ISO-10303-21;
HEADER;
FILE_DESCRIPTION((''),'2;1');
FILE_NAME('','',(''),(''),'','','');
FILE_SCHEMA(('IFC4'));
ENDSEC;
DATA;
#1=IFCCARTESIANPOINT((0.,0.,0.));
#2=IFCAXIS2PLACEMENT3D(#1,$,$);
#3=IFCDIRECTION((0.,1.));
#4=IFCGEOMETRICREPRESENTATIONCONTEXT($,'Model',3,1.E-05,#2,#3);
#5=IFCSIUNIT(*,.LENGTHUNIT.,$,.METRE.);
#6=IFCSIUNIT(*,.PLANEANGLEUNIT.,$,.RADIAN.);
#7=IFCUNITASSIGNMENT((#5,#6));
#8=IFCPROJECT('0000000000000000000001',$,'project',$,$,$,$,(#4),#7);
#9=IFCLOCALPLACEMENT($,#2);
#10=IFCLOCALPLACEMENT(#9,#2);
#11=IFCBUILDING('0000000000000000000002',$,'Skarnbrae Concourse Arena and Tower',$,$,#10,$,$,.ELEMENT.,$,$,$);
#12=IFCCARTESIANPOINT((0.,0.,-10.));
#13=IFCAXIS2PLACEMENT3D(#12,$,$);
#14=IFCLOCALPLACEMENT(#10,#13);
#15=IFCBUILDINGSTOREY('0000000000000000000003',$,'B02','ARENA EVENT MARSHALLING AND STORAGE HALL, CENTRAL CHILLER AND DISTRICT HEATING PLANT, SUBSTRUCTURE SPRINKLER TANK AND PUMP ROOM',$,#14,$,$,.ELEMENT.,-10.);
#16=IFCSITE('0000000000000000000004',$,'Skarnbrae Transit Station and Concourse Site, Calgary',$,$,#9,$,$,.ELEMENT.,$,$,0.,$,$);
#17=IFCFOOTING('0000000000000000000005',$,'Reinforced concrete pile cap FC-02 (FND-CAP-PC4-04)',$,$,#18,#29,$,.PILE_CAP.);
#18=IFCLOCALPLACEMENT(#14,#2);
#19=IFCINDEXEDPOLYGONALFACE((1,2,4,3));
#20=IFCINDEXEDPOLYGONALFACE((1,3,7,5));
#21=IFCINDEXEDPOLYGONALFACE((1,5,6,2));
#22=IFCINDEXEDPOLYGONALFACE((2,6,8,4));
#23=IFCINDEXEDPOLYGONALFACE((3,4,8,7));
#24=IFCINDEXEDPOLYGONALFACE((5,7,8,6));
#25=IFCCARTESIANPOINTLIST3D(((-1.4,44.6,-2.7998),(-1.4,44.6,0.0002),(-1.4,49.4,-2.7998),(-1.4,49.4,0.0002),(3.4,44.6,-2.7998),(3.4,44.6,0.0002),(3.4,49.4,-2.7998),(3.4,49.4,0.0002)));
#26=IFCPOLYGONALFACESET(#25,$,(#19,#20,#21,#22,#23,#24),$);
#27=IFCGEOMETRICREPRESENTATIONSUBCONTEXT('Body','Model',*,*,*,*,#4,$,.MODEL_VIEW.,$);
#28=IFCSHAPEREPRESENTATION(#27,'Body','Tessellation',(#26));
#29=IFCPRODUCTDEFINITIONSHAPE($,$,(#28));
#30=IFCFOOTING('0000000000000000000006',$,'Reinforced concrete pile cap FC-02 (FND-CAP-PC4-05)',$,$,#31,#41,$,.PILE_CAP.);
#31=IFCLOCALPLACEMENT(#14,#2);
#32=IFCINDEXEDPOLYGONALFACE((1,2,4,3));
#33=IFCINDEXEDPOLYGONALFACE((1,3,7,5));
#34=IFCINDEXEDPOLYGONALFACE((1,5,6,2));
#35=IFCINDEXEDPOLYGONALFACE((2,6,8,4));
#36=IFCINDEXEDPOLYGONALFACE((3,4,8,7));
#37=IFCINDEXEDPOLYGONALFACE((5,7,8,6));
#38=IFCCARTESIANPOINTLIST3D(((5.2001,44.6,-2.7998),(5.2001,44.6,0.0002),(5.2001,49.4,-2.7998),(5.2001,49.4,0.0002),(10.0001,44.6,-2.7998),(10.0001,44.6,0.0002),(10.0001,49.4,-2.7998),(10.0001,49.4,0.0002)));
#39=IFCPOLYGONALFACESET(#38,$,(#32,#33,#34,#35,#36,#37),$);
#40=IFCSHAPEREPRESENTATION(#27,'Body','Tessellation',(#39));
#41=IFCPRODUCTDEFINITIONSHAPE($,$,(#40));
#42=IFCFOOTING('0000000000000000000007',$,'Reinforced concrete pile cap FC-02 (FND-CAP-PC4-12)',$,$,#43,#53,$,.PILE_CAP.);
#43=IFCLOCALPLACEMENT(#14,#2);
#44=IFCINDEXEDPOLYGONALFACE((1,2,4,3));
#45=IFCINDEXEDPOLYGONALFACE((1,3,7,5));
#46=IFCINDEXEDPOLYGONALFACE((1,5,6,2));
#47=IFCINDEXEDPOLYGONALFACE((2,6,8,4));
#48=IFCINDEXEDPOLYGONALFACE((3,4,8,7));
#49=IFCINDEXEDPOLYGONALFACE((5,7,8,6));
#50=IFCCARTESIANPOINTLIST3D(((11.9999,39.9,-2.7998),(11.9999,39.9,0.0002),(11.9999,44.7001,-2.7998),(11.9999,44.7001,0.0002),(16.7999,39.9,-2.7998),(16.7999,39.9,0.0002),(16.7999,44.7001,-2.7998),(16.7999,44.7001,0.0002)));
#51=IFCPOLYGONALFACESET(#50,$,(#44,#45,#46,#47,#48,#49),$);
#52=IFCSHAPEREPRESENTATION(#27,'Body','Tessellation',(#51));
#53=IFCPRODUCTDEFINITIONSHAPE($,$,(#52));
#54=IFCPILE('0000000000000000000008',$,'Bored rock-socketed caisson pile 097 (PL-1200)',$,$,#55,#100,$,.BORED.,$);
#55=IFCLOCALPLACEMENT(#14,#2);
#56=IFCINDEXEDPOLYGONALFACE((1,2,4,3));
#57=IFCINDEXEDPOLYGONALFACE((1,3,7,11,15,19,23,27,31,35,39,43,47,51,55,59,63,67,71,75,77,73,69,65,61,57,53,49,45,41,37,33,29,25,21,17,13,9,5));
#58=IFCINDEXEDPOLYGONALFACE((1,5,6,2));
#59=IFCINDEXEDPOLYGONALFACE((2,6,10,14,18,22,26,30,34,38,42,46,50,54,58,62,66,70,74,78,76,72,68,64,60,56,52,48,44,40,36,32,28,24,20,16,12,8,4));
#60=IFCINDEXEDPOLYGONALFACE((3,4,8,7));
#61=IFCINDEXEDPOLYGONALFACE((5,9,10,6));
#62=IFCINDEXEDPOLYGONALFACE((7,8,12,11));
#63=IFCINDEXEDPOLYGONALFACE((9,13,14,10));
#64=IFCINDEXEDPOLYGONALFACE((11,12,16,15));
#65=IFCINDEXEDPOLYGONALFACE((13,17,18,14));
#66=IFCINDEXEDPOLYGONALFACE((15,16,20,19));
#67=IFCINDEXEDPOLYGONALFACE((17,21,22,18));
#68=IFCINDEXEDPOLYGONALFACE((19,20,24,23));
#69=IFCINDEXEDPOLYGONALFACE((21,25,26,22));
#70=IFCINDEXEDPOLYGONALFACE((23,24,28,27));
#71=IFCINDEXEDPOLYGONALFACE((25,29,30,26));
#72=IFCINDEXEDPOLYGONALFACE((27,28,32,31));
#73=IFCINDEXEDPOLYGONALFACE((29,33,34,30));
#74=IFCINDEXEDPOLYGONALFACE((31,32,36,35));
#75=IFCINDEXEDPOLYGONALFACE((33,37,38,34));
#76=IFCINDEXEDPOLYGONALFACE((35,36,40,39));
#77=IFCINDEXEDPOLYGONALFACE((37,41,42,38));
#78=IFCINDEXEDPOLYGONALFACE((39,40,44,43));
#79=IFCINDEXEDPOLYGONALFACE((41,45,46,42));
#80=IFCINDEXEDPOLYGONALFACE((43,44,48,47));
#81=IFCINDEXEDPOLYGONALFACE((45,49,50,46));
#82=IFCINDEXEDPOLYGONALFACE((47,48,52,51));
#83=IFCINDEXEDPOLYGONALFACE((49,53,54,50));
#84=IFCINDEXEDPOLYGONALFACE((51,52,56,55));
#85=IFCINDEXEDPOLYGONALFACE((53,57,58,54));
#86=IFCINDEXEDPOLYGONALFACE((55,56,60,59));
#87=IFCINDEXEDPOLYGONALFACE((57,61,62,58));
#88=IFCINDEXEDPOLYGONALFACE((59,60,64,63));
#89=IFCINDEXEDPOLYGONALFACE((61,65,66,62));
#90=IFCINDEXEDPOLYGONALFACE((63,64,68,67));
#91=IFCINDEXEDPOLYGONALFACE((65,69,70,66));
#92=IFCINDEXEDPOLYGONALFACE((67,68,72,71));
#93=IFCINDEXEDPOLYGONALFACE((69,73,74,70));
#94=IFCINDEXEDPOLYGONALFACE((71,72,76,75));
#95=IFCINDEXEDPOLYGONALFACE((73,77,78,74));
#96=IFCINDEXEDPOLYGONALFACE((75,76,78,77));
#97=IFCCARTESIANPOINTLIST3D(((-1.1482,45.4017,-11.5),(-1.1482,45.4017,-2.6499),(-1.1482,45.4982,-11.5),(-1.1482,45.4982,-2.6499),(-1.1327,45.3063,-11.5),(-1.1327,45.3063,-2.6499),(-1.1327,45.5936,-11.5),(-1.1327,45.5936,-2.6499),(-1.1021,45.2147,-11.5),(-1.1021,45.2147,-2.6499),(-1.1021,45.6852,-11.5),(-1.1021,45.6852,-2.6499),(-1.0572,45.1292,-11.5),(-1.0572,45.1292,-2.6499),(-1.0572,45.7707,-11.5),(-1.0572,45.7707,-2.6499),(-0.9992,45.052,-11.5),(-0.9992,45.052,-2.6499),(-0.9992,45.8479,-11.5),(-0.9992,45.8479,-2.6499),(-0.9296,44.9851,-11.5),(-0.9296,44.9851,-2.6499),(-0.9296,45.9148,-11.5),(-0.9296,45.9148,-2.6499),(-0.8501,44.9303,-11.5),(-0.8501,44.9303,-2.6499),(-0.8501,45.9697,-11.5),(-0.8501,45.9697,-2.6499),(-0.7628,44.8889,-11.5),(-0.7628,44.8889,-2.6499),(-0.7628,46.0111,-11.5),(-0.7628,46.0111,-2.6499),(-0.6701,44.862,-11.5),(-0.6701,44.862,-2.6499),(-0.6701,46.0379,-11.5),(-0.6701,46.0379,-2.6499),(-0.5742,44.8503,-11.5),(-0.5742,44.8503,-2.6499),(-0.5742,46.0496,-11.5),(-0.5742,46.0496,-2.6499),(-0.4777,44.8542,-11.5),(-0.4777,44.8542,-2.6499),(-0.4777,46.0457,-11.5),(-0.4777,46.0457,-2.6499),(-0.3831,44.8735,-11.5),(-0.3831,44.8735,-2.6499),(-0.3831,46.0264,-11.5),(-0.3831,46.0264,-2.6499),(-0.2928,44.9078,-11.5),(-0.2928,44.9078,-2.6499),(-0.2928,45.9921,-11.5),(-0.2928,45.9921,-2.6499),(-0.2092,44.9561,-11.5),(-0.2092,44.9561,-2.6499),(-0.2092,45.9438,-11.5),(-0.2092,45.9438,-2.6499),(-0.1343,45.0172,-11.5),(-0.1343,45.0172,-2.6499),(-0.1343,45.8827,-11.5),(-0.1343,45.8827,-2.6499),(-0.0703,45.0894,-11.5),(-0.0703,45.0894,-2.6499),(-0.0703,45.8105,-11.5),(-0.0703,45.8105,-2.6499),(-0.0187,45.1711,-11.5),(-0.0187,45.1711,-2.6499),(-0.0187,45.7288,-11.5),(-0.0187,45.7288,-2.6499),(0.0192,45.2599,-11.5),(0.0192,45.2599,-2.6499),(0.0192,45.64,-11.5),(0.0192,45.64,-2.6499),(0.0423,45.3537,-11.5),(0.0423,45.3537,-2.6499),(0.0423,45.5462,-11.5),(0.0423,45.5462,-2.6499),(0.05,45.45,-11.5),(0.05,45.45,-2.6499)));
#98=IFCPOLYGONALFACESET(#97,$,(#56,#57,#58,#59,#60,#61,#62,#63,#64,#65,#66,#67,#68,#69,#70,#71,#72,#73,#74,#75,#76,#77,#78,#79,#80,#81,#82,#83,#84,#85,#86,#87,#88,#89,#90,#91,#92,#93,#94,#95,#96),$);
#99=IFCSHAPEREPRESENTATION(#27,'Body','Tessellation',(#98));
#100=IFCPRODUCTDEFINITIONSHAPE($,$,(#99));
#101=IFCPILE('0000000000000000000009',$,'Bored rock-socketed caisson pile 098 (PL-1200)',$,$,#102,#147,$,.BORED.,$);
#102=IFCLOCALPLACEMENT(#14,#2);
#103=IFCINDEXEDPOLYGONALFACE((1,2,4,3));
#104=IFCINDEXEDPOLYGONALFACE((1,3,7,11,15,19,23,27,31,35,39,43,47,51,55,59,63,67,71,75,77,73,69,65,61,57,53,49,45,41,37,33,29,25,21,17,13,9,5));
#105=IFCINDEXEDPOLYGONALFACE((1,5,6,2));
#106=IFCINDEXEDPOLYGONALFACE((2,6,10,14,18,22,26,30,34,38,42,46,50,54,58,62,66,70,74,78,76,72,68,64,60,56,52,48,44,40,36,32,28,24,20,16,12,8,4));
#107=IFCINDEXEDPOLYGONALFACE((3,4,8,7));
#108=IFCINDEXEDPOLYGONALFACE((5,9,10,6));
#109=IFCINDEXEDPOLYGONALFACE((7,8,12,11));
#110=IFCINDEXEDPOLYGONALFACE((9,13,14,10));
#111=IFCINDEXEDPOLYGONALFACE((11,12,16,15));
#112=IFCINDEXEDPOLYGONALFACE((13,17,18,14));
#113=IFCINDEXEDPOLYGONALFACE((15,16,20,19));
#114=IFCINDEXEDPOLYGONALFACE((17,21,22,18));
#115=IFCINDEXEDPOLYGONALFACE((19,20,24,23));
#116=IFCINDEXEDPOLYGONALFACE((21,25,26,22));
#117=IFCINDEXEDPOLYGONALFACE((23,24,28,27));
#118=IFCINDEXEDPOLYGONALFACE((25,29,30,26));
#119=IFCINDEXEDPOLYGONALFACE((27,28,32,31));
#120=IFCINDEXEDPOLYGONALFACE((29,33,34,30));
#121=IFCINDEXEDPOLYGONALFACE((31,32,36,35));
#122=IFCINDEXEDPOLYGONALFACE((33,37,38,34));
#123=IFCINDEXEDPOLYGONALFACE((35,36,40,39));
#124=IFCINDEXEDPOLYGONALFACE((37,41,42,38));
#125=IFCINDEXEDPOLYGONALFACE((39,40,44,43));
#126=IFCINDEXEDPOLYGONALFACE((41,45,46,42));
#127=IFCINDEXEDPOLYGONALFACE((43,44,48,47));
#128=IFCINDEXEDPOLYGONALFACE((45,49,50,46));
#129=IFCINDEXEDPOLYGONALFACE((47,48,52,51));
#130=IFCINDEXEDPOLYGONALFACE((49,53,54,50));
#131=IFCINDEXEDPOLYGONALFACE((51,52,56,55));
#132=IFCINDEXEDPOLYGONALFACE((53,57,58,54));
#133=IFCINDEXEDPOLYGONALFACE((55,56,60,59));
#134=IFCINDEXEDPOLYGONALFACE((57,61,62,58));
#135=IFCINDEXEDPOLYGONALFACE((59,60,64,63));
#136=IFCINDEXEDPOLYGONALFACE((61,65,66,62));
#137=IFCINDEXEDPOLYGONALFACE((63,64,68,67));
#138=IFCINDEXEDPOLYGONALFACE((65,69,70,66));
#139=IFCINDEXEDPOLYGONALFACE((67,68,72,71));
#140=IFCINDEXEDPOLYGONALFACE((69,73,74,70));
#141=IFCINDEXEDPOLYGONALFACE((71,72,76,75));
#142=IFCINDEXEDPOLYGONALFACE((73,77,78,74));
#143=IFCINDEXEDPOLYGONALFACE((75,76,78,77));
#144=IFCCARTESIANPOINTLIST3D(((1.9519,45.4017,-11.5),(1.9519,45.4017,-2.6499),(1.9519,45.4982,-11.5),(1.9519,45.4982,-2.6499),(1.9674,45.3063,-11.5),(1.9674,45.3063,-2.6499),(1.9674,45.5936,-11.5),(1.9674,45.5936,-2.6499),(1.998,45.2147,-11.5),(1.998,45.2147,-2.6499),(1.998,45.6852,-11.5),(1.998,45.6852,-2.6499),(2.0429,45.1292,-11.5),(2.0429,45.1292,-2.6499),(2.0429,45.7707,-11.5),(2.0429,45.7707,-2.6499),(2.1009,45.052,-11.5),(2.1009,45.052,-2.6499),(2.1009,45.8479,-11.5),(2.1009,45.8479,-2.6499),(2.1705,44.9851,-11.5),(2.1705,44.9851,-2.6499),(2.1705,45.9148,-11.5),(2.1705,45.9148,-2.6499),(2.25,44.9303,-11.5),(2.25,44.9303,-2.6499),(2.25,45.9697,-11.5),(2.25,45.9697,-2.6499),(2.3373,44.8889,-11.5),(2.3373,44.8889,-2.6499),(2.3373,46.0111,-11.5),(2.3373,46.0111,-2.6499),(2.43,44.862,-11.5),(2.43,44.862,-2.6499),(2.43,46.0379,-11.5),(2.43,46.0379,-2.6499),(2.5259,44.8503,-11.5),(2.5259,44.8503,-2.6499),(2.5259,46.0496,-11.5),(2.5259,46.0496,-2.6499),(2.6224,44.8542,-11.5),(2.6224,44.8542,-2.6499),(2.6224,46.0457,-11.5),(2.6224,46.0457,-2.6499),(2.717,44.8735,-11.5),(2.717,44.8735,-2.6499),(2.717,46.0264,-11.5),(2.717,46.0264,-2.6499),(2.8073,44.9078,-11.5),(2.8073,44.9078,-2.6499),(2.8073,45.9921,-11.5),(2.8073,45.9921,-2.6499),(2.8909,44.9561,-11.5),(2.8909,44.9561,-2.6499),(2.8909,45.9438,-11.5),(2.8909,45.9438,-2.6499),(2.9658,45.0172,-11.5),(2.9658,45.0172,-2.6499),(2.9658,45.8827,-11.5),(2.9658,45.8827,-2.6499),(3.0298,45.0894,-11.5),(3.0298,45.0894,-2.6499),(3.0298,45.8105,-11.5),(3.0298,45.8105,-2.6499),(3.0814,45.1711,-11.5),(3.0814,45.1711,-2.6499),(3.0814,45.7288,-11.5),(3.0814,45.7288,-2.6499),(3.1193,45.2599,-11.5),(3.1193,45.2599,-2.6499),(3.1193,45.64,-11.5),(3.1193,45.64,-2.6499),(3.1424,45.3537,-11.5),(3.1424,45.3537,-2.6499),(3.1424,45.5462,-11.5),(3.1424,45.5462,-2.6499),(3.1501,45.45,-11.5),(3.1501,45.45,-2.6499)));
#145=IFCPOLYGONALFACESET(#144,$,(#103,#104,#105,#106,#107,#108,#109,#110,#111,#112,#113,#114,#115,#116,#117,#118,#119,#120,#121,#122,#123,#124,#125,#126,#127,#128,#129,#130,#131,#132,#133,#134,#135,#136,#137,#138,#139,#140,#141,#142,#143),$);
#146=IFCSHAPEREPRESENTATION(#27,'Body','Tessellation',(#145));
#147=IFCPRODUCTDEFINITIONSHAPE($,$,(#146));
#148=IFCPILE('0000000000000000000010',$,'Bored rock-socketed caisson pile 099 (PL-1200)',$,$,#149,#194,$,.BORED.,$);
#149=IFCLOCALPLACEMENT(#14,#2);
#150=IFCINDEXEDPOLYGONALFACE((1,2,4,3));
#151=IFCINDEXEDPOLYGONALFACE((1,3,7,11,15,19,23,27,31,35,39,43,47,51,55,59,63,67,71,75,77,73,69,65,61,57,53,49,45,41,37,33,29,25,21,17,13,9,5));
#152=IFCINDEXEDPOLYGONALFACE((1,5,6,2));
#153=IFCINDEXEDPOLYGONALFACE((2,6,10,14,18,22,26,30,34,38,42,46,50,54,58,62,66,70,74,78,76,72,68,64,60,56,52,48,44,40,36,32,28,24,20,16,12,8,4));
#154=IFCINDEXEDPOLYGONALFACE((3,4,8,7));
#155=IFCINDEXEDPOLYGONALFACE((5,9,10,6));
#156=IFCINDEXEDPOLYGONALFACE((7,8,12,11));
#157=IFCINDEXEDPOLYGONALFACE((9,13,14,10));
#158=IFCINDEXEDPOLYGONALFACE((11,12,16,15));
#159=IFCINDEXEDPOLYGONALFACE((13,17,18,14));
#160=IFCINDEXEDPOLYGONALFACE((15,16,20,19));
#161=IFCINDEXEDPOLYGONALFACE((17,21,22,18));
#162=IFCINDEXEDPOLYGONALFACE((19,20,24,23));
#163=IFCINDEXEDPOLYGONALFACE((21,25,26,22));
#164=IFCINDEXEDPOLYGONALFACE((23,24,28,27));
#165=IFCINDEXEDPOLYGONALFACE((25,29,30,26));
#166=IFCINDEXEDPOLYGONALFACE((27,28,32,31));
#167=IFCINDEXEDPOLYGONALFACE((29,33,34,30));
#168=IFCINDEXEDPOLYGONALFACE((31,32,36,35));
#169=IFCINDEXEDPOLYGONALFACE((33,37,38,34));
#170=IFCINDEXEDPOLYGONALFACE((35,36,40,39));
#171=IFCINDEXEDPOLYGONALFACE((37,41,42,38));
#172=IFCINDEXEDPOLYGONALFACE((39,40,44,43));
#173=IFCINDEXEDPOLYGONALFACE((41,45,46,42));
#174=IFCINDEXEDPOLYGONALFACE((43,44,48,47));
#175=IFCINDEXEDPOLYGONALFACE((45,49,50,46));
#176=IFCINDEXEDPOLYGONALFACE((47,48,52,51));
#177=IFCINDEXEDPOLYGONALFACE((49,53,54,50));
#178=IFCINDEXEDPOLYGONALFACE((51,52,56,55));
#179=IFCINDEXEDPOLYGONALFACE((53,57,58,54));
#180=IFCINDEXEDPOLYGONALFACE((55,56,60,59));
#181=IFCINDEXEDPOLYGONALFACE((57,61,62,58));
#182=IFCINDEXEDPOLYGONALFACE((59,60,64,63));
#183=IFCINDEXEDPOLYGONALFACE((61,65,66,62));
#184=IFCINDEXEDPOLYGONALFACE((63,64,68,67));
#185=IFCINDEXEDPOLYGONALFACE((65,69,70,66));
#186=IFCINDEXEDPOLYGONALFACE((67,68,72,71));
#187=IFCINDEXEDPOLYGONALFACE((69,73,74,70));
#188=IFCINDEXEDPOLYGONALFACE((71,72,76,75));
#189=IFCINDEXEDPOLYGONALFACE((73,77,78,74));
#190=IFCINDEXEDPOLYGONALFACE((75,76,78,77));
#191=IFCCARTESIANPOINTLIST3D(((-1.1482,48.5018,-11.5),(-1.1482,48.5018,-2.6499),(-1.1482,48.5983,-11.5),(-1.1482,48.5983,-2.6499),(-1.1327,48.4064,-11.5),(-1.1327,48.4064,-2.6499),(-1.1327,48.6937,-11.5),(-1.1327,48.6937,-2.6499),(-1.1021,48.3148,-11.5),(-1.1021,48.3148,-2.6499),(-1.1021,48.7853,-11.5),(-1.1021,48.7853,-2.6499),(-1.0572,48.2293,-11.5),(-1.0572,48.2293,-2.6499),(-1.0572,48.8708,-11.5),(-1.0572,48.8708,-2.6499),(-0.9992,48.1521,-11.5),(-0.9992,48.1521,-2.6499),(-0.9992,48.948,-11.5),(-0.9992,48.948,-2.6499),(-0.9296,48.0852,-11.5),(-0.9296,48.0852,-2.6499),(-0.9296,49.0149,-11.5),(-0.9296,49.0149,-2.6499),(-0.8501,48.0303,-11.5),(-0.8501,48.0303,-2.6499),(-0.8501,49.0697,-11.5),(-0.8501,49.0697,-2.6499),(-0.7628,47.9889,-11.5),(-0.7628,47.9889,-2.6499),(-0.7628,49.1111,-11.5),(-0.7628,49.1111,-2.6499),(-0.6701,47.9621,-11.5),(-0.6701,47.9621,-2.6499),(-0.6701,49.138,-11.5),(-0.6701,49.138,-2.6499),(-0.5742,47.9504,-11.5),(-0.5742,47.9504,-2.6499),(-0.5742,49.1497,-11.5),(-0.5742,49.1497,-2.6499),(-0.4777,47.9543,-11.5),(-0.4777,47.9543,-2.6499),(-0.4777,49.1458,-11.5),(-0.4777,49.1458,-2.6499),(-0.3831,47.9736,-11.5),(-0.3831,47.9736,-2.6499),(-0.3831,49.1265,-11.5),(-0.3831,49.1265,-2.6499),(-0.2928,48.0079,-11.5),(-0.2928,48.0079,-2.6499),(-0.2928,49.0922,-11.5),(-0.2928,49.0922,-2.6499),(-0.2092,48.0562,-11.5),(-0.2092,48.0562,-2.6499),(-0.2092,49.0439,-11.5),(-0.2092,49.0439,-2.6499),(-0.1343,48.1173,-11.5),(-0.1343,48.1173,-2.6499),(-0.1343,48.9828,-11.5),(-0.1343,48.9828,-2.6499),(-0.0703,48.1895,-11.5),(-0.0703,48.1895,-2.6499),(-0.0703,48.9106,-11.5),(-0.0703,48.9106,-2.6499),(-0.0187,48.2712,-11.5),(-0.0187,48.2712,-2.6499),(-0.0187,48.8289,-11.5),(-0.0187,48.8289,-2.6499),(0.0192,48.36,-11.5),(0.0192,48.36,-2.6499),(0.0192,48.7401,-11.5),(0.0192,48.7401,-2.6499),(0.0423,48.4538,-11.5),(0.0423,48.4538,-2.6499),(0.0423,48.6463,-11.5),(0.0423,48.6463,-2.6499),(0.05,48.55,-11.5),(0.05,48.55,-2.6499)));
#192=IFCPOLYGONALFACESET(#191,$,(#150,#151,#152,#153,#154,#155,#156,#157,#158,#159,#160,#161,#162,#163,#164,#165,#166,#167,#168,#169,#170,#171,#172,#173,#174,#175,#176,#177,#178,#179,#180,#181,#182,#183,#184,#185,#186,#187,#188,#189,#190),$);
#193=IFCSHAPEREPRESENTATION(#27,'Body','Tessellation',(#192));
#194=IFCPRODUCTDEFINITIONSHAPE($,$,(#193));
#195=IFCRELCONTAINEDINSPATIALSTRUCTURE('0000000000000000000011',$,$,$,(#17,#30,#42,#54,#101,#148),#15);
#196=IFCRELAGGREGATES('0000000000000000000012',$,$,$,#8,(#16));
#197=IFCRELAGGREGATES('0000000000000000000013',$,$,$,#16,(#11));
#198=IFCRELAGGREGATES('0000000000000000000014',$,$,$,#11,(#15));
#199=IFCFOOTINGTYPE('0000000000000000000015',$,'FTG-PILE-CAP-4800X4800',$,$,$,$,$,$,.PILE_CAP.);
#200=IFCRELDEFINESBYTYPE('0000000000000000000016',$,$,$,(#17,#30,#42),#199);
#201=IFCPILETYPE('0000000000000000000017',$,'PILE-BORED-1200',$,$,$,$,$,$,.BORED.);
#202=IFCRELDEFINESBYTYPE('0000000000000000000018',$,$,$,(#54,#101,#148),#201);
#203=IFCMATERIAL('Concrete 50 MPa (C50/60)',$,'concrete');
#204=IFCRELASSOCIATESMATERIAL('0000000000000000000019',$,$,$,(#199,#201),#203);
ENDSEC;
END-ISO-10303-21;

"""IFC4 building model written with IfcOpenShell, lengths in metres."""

from ifc_helpers import new_model, si_unit, direction, frame, origin, origin_2d, place, context, subcontext, project, spatial, rectangle, circle, extrude, source, transform, mapped, material, material_profile, profile_set, type_object, element, save


model = new_model("IFC4")

# Units and contexts
model_context = context("Model", 3, precision=1e-05, world=origin(), true_north=direction((0.0, 1.0)))
body_context = subcontext(model_context, "Body", "Model", "MODEL_VIEW")
ifc_project = project(units=[si_unit("LENGTHUNIT", "METRE"), si_unit("PLANEANGLEUNIT", "RADIAN")], contexts=[model_context])

# Site, building, storey
site_placement = place(None, origin())
site = spatial("IfcSite", under=ifc_project, at=site_placement, Name="Skarnbrae Transit Station and Concourse Site, Calgary", CompositionType="ELEMENT", RefElevation=0.0)
building_placement = place(site_placement, origin())
building = spatial("IfcBuilding", under=site, at=building_placement, Name="Skarnbrae Concourse Arena and Tower", CompositionType="ELEMENT")
storey_placement = place(building_placement, frame((0.0, 0.0, -10.0)))
storey = spatial("IfcBuildingStorey", under=building, at=storey_placement, Name="B02", Description="ARENA EVENT MARSHALLING AND STORAGE HALL, CENTRAL CHILLER AND DISTRICT HEATING PLANT, SUBSTRUCTURE SPRINKLER TANK AND PUMP ROOM", CompositionType="ELEMENT", Elevation=-10.0)

# Footings
ifc_material_1 = material(Name="Concrete 50 MPa (C50/60)", Category="concrete")
footing_type_1 = type_object("IfcFootingType", Name="FTG-PILE-CAP-4800X4800", PredefinedType="PILE_CAP", material=ifc_material_1)
shared_shape_1 = source(origin(), body_context, "Body", "SweptSolid", [
    extrude(rectangle(XDim=4.8, YDim=4.8, at=origin_2d()), origin(), (0.0, 0.0, 1.0), 2.8),
])
for number, where, z_axis, x_axis, name in (
    (1, (1.0, 47.0, -2.7998), (0.0, 0.0, 1.0), (1.0, 0.0, 0.0), "Reinforced concrete pile cap FC-02 (FND-CAP-PC4-04)"),
    (2, (7.6001, 47.0, -2.7998), (0.0, 0.0, 1.0), (1.0, 0.0, 0.0), "Reinforced concrete pile cap FC-02 (FND-CAP-PC4-05)"),
    (3, (14.3999, 42.3, -2.7998), (0.0, 0.0, 1.0), (1.0, 0.0, 0.0), "Reinforced concrete pile cap FC-02 (FND-CAP-PC4-12)"),
):
    element("IfcFooting", number, at=place(storey_placement, frame(where, z_axis=z_axis, x_axis=x_axis)), inside=storey, type_object=footing_type_1, Name=name, PredefinedType="PILE_CAP", context=body_context, shape_type="MappedRepresentation", body=[
        mapped(shared_shape_1, transform((0.0, 0.0, 0.0))),
    ])

# Piles
ifc_material_profile_1 = material_profile(ifc_material_1, circle(Radius=0.6001, at=origin_2d()), Name="CAISSON-1200")
ifc_profile_set_1 = profile_set([ifc_material_profile_1], Name="Concrete 50 MPa (C50/60)")
pile_type = type_object("IfcPileType", Name="PILE-BORED-1200", PredefinedType="BORED", material=ifc_profile_set_1)
shared_shape_2 = source(origin(), body_context, "Body", "SweptSolid", [
    extrude(circle(Radius=0.6001, at=origin_2d()), origin(), (0.0, 0.0, 1.0), 8.8501),
])
for number, where, z_axis, x_axis, name in (
    (4, (-0.55, 45.45, -2.6499), (0.0, 0.0, -1.0), (1.0, 0.0, 0.0), "Bored rock-socketed caisson pile 097 (PL-1200)"),
    (5, (2.55, 45.45, -2.6499), (0.0, 0.0, -1.0), (1.0, 0.0, 0.0), "Bored rock-socketed caisson pile 098 (PL-1200)"),
    (6, (-0.55, 48.55, -2.6499), (0.0, 0.0, -1.0), (1.0, 0.0, 0.0), "Bored rock-socketed caisson pile 099 (PL-1200)"),
):
    element("IfcPile", number, at=place(storey_placement, frame(where, z_axis=z_axis, x_axis=x_axis)), inside=storey, type_object=pile_type, Name=name, PredefinedType="BORED", context=body_context, shape_type="MappedRepresentation", body=[
        mapped(shared_shape_2, transform((0.0, 0.0, 0.0))),
    ])

save(model, "model.ifc")
